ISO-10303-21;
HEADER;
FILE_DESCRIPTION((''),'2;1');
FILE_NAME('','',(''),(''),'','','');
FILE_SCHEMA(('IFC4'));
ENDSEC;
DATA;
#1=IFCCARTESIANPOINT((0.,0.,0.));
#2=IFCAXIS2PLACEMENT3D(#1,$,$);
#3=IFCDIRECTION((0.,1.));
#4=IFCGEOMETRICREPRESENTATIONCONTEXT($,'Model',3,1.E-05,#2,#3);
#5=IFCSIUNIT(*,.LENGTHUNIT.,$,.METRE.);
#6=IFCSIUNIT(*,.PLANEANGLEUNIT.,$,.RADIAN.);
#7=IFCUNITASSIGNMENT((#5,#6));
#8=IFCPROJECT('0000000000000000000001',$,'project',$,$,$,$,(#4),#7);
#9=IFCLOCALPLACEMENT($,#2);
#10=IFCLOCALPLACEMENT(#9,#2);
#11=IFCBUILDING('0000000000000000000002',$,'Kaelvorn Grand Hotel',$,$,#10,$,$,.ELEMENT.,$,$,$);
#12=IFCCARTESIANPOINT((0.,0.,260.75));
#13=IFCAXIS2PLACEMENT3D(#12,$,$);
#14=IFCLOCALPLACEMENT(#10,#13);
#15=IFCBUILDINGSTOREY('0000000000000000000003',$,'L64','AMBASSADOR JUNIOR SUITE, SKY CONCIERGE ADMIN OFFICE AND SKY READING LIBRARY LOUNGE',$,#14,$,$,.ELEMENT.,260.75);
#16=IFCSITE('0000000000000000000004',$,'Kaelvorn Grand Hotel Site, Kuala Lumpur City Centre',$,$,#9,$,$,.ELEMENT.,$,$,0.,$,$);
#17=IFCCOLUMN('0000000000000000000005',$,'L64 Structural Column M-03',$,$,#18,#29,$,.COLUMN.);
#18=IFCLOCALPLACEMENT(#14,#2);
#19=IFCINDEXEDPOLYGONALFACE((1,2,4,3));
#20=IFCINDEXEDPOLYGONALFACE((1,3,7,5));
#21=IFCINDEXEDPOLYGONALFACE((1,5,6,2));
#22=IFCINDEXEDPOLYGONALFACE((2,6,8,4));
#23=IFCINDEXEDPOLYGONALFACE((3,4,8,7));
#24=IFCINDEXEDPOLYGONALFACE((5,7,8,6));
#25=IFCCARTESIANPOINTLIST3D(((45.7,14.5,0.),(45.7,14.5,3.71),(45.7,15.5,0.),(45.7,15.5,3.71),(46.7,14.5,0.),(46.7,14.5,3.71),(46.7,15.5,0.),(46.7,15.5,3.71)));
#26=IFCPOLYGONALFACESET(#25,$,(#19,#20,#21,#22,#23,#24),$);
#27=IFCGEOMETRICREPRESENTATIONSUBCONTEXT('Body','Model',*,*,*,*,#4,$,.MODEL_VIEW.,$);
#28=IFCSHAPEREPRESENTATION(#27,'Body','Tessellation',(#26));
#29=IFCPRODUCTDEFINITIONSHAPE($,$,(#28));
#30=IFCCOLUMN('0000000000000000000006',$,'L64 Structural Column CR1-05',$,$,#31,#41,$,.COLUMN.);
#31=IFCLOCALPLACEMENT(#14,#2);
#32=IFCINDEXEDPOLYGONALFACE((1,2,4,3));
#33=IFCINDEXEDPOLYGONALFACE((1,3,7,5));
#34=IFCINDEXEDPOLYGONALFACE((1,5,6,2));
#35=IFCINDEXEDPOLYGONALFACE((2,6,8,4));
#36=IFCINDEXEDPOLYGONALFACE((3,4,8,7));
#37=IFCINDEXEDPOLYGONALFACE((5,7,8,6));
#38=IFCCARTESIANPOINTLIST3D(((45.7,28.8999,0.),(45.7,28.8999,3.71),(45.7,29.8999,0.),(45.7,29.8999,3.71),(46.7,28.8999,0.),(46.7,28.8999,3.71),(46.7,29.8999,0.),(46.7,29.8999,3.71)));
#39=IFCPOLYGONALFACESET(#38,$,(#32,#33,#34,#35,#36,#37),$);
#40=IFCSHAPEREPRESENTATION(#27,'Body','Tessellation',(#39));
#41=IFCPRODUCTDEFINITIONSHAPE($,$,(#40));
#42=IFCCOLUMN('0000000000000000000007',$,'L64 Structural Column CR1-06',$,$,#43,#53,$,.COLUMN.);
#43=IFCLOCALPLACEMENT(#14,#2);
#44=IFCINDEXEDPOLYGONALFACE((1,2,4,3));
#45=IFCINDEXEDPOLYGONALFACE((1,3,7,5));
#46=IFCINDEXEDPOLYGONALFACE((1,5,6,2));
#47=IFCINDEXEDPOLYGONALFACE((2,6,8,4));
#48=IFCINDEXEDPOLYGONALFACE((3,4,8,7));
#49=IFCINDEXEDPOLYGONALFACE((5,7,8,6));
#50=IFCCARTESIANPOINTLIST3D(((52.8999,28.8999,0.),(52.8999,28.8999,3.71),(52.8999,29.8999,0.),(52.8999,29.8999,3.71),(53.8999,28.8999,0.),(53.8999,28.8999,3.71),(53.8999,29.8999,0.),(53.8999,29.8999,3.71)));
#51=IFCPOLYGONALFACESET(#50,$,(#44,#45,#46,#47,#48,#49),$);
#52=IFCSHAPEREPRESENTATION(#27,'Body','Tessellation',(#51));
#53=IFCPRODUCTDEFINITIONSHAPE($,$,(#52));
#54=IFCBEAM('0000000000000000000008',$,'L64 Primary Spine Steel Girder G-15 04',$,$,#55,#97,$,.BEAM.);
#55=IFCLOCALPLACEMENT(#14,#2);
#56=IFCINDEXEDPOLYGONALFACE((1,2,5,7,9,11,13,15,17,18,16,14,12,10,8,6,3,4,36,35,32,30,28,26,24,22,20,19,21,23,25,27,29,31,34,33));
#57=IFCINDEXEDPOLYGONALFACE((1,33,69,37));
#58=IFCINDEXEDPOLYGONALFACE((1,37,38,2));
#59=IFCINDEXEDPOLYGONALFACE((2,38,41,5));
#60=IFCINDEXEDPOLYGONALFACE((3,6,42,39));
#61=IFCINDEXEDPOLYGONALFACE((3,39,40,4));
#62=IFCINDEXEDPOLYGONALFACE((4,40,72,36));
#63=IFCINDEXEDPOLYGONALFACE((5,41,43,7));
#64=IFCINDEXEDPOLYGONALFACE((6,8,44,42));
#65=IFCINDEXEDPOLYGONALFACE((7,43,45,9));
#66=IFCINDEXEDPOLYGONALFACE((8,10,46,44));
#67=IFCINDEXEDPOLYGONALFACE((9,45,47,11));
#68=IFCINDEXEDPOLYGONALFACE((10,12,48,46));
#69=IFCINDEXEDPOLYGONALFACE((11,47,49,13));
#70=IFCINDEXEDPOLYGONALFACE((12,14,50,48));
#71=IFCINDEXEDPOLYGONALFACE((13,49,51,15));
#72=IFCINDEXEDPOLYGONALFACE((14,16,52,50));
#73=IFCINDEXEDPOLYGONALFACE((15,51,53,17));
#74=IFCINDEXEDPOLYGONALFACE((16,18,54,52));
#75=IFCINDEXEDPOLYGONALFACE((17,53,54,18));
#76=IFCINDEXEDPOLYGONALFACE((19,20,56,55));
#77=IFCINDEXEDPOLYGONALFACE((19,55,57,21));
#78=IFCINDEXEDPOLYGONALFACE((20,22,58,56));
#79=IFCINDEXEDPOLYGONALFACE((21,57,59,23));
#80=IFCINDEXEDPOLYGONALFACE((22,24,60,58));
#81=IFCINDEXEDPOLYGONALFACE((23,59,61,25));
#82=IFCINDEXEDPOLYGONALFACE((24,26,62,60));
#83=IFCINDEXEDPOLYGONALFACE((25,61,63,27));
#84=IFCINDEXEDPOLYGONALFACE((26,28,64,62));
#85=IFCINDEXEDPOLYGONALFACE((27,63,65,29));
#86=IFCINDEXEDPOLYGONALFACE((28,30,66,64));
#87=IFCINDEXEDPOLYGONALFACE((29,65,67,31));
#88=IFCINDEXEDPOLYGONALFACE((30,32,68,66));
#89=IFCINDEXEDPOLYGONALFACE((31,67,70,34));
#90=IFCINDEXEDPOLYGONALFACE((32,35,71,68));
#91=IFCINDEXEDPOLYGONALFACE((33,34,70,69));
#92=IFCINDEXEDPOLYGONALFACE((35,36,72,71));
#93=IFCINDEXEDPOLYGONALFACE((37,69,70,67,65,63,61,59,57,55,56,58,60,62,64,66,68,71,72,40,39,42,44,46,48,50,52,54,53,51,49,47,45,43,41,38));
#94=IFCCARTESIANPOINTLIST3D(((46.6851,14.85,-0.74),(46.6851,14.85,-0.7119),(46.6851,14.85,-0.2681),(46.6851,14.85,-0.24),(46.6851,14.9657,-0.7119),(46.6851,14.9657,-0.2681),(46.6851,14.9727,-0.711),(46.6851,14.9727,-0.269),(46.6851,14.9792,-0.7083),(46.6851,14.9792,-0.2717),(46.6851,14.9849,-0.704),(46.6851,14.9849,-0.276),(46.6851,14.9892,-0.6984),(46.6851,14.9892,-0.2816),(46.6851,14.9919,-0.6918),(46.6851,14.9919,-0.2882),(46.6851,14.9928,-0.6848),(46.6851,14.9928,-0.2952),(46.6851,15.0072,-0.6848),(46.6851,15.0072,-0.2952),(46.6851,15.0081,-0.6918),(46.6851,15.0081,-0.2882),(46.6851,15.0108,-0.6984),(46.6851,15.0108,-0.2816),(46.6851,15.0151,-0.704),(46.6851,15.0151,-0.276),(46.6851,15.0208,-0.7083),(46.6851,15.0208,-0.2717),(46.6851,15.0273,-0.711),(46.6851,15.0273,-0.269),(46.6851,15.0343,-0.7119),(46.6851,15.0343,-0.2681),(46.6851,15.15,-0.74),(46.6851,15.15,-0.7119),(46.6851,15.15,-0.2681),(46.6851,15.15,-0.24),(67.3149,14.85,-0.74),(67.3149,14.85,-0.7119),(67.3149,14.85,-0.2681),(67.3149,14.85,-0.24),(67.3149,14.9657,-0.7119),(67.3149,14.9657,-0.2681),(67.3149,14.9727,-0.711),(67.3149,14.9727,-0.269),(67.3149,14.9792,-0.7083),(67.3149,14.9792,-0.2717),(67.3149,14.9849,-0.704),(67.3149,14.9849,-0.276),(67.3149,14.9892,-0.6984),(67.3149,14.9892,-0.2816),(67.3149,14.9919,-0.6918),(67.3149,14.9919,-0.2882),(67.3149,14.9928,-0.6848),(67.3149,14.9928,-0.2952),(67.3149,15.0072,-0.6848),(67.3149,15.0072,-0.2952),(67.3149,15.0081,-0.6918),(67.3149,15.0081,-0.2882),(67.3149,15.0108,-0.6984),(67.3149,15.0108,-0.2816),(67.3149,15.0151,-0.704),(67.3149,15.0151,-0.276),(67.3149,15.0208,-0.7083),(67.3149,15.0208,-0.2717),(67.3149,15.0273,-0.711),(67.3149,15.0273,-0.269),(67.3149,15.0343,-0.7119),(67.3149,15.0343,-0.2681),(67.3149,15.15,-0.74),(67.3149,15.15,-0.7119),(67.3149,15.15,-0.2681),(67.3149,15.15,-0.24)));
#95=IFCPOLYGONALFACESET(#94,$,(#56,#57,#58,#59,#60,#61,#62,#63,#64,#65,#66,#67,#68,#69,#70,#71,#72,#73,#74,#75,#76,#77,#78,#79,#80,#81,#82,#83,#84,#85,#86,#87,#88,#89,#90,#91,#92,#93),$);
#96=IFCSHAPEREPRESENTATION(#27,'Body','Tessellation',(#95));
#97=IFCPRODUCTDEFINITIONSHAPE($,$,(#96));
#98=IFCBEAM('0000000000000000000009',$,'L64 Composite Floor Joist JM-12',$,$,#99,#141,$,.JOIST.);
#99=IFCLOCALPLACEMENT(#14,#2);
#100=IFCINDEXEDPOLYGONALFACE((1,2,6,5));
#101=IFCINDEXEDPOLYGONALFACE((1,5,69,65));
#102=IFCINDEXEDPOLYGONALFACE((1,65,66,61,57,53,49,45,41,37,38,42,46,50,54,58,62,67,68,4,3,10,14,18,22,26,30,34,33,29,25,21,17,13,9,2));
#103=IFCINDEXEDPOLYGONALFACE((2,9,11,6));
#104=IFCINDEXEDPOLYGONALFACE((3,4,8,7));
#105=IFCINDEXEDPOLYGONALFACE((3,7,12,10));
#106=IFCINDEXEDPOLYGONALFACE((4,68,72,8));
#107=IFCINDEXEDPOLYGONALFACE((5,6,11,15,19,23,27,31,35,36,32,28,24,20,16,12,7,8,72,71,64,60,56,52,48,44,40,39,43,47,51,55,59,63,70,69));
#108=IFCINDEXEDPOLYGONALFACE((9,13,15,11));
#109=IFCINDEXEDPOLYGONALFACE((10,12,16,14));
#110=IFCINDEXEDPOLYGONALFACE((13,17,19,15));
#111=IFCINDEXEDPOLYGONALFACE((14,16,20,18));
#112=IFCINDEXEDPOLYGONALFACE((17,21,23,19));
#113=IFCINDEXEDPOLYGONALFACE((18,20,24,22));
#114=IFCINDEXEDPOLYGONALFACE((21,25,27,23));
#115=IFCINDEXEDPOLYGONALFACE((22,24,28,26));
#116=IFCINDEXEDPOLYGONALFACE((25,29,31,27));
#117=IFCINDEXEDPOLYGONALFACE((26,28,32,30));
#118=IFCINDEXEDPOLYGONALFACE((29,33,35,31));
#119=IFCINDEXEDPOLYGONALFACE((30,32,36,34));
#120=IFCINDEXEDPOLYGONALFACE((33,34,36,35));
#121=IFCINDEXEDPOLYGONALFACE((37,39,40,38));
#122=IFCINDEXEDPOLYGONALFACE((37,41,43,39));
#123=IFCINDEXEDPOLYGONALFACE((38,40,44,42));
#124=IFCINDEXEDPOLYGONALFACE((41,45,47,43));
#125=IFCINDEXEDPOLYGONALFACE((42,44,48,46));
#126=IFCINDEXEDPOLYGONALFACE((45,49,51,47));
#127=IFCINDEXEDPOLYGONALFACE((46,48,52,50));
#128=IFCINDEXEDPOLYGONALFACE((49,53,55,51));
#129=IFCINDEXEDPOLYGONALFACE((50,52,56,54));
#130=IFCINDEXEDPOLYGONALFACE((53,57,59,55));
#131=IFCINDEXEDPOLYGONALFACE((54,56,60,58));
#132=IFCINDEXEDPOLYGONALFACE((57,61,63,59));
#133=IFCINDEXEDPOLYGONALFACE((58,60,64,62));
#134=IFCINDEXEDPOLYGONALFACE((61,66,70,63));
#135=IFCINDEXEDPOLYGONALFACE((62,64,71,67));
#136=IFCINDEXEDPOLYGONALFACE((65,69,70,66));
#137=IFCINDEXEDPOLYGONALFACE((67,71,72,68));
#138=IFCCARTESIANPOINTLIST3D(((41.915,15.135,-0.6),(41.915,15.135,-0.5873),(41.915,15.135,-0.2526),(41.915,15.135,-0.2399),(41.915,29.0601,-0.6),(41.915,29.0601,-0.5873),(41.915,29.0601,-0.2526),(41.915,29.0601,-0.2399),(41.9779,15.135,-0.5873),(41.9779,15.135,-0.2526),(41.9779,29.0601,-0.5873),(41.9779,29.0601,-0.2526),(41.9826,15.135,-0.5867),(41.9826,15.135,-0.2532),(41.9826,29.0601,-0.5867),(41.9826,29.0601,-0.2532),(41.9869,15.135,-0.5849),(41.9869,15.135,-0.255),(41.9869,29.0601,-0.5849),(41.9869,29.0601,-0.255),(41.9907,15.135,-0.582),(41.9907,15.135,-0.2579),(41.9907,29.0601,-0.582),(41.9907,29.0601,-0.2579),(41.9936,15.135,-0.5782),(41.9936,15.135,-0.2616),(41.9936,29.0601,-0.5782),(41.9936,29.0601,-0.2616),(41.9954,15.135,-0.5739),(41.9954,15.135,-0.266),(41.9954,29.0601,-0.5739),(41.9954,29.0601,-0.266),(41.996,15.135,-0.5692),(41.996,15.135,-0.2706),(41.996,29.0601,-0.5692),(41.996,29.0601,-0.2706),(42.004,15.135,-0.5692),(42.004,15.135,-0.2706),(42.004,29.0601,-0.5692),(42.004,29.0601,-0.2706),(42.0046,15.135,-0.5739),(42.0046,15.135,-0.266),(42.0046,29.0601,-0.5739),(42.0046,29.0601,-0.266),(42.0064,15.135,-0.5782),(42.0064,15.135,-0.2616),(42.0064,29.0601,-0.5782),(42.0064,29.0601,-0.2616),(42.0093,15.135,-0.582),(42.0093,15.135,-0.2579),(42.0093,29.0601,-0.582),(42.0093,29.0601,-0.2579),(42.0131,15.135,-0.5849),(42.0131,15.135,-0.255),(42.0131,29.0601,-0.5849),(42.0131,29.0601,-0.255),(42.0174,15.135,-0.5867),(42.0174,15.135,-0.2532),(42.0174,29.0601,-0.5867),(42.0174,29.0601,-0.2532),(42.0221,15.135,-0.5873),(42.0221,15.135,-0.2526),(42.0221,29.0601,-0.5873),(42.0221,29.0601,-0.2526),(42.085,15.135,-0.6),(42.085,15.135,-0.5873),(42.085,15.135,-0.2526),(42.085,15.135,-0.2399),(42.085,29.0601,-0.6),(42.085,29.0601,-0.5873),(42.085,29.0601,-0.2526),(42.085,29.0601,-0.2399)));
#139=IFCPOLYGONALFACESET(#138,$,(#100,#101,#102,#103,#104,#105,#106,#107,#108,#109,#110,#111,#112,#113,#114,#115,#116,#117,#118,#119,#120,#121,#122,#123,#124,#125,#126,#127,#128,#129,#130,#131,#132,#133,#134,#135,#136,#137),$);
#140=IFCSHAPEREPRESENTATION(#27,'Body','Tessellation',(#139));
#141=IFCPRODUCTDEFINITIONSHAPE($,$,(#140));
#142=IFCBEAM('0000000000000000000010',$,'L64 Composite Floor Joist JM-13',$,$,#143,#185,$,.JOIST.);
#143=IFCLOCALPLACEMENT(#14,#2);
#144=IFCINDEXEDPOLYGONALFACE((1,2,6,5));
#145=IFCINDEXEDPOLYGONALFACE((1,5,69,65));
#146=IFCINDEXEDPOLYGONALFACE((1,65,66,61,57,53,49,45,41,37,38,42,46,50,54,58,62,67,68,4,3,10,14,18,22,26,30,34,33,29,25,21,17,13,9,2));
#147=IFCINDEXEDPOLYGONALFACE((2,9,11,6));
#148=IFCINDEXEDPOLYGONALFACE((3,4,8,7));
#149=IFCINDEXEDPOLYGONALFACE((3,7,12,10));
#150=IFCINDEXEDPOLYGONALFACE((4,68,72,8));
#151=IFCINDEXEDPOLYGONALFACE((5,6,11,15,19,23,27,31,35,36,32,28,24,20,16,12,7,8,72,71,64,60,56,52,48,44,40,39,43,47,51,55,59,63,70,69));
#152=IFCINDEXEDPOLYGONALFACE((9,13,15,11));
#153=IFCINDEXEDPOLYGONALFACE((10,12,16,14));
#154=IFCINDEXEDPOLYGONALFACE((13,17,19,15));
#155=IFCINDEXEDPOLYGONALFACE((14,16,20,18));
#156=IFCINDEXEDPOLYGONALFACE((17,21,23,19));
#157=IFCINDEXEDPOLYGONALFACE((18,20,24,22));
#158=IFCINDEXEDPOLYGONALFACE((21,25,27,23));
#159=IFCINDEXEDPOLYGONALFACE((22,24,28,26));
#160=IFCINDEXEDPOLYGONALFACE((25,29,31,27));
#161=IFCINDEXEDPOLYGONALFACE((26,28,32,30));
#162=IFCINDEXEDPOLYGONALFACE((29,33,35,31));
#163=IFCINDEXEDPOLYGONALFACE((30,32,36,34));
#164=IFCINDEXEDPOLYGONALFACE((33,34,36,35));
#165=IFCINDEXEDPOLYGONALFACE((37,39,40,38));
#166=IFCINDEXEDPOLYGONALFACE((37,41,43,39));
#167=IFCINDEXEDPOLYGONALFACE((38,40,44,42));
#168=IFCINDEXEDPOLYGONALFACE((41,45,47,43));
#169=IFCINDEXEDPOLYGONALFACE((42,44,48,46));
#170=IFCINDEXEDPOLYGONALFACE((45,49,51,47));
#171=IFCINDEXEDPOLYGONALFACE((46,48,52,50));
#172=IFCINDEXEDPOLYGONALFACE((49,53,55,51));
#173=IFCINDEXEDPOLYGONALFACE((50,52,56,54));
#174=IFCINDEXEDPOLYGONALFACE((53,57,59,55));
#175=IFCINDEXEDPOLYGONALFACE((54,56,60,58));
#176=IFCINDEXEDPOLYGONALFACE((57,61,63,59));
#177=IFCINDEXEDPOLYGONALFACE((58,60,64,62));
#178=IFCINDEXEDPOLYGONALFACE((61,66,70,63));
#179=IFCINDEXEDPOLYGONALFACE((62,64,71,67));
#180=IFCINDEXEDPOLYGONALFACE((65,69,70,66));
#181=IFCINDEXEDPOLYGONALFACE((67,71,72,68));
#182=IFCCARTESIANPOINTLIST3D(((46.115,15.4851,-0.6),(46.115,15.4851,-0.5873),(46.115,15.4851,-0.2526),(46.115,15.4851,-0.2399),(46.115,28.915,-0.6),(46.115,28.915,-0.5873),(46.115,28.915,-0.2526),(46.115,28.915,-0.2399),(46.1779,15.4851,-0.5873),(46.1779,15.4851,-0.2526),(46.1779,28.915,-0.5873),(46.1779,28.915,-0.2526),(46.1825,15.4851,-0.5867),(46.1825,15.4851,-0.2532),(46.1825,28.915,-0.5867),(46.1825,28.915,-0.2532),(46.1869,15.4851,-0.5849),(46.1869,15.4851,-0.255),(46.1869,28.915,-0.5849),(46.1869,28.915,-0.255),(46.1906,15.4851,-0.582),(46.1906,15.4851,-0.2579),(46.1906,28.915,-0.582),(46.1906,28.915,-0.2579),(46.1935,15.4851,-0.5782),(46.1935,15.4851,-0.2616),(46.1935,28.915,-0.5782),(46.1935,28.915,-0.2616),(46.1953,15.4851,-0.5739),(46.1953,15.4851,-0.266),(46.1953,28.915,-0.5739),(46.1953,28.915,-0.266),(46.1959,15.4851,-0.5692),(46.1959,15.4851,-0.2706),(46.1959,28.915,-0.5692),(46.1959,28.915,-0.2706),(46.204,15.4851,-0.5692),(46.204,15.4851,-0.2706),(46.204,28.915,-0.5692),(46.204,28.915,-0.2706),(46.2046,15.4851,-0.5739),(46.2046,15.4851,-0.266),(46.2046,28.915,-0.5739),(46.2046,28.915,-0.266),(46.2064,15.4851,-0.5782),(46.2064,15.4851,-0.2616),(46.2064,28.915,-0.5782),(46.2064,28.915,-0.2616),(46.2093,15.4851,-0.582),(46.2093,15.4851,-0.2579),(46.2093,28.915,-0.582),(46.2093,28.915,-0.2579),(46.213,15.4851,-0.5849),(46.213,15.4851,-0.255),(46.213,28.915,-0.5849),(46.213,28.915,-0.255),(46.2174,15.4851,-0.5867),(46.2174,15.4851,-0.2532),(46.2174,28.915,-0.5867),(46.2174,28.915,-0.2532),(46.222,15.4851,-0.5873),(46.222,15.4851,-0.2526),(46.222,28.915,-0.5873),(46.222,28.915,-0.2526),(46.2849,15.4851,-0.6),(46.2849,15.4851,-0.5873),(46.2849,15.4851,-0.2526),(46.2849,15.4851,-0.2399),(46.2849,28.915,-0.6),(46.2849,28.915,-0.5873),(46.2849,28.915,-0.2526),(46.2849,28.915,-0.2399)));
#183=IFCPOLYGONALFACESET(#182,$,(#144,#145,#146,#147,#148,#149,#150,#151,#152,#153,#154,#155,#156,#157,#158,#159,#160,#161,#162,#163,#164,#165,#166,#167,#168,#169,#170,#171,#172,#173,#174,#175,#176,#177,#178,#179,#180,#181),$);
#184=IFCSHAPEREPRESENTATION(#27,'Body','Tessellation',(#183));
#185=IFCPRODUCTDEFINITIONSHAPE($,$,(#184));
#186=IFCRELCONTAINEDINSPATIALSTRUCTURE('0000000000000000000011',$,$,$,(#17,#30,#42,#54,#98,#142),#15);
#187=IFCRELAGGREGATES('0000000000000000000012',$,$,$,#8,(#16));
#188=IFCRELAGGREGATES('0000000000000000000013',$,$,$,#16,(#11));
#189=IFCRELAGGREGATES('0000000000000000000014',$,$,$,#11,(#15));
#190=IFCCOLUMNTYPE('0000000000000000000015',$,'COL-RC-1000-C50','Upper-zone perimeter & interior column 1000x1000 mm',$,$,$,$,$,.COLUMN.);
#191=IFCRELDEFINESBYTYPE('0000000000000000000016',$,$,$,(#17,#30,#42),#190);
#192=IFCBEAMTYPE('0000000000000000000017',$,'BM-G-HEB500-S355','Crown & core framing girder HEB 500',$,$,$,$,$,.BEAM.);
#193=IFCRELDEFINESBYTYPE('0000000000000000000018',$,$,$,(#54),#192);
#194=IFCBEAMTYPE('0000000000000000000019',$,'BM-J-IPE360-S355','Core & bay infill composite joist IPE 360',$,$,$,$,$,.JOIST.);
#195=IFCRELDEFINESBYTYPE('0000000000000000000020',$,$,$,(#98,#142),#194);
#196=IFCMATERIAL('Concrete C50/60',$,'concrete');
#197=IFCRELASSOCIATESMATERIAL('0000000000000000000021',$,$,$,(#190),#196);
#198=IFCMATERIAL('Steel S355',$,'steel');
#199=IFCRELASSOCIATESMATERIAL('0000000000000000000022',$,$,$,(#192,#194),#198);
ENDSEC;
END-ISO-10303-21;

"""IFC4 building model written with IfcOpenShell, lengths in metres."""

from ifc_helpers import new_model, si_unit, direction, frame, origin, origin_2d, place, context, subcontext, project, spatial, rectangle, i_section, extrude, material, material_profile, profile_set, type_object, element, save


model = new_model("IFC4")

# Units and contexts
model_context = context("Model", 3, precision=1e-05, world=origin(), true_north=direction((0.0, 1.0)))
body_context = subcontext(model_context, "Body", "Model", "MODEL_VIEW")
ifc_project = project(units=[si_unit("LENGTHUNIT", "METRE"), si_unit("PLANEANGLEUNIT", "RADIAN")], contexts=[model_context])

# Site, building, storey
site_placement = place(None, origin())
site = spatial("IfcSite", under=ifc_project, at=site_placement, Name="Kaelvorn Grand Hotel Site, Kuala Lumpur City Centre", CompositionType="ELEMENT", RefElevation=0.0)
building_placement = place(site_placement, origin())
building = spatial("IfcBuilding", under=site, at=building_placement, Name="Kaelvorn Grand Hotel", CompositionType="ELEMENT")
storey_placement = place(building_placement, frame((0.0, 0.0, 260.75)))
storey = spatial("IfcBuildingStorey", under=building, at=storey_placement, Name="L64", Description="AMBASSADOR JUNIOR SUITE, SKY CONCIERGE ADMIN OFFICE AND SKY READING LIBRARY LOUNGE", CompositionType="ELEMENT", Elevation=260.75)

# Columns
ifc_material_1 = material(Name="Concrete C50/60", Category="concrete")
ifc_material_profile_1 = material_profile(ifc_material_1, rectangle(XDim=1.0, YDim=1.0, at=origin_2d()), Name="RC COL 1000x1000")
ifc_profile_set_1 = profile_set([ifc_material_profile_1], Name="Concrete C50/60")
column_type = type_object("IfcColumnType", Name="COL-RC-1000-C50", Description="Upper-zone perimeter & interior column 1000x1000 mm", PredefinedType="COLUMN", material=ifc_profile_set_1)
for number, where, z_axis, x_axis, name in (
    (1, (46.2, 15.0, 0.0), (0.0, 0.0, 1.0), (1.0, 0.0, 0.0), "L64 Structural Column M-03"),
    (2, (46.2, 29.3999, 0.0), (0.0, 0.0, 1.0), (1.0, 0.0, 0.0), "L64 Structural Column CR1-05"),
    (3, (53.3999, 29.3999, 0.0), (0.0, 0.0, 1.0), (1.0, 0.0, 0.0), "L64 Structural Column CR1-06"),
):
    element("IfcColumn", number, at=place(storey_placement, frame(where, z_axis=z_axis, x_axis=x_axis)), inside=storey, type_object=column_type, Name=name, PredefinedType="COLUMN", context=body_context, shape_type="SweptSolid", body=[
        extrude(rectangle(XDim=1.0, YDim=1.0, at=origin_2d()), origin(), (0.0, 0.0, 1.0), 3.71),
    ])

# Beams
ifc_material_2 = material(Name="Steel S355", Category="steel")
ifc_material_profile_2 = material_profile(ifc_material_2, i_section(OverallWidth=0.3, OverallDepth=0.5, WebThickness=0.0144, FlangeThickness=0.0281, FilletRadius=0.0271, at=origin_2d()), Name="HEB 500")
ifc_profile_set_2 = profile_set([ifc_material_profile_2], Name="Steel S355")
beam_type_1 = type_object("IfcBeamType", Name="BM-G-HEB500-S355", Description="Crown & core framing girder HEB 500", PredefinedType="BEAM", material=ifc_profile_set_2)
beam_1_placement = place(storey_placement, frame((46.6851, 15.0, -0.49), z_axis=(1.0, 0.0, 0.0), x_axis=(0.0, 1.0, 0.0)))
element("IfcBeam", 4, at=beam_1_placement, inside=storey, type_object=beam_type_1, Name="L64 Primary Spine Steel Girder G-15 04", PredefinedType="BEAM", context=body_context, shape_type="SweptSolid", body=[
    extrude(i_section(OverallWidth=0.3, OverallDepth=0.5, WebThickness=0.0144, FlangeThickness=0.0281, FilletRadius=0.0271, at=origin_2d()), origin(), (0.0, 0.0, 1.0), 20.6299),
])
ifc_material_profile_3 = material_profile(ifc_material_2, i_section(OverallWidth=0.1699, OverallDepth=0.3601, WebThickness=0.0081, FlangeThickness=0.0127, FilletRadius=0.0181, at=origin_2d()), Name="IPE 360")
ifc_profile_set_3 = profile_set([ifc_material_profile_3], Name="Steel S355")
beam_type_2 = type_object("IfcBeamType", Name="BM-J-IPE360-S355", Description="Core & bay infill composite joist IPE 360", PredefinedType="JOIST", material=ifc_profile_set_3)
beam_2_placement = place(storey_placement, frame((42.0, 15.135, -0.4199), z_axis=(0.0, 1.0, 0.0), x_axis=(-1.0, 0.0, 0.0)))
element("IfcBeam", 5, at=beam_2_placement, inside=storey, type_object=beam_type_2, Name="L64 Composite Floor Joist JM-12", PredefinedType="JOIST", context=body_context, shape_type="SweptSolid", body=[
    extrude(i_section(OverallWidth=0.1699, OverallDepth=0.3601, WebThickness=0.0081, FlangeThickness=0.0127, FilletRadius=0.0181, at=origin_2d()), origin(), (0.0, 0.0, 1.0), 13.925),
])
beam_3_placement = place(storey_placement, frame((46.2, 15.4851, -0.4199), z_axis=(0.0, 1.0, 0.0), x_axis=(-1.0, 0.0, 0.0)))
element("IfcBeam", 6, at=beam_3_placement, inside=storey, type_object=beam_type_2, Name="L64 Composite Floor Joist JM-13", PredefinedType="JOIST", context=body_context, shape_type="SweptSolid", body=[
    extrude(i_section(OverallWidth=0.1699, OverallDepth=0.3601, WebThickness=0.0081, FlangeThickness=0.0127, FilletRadius=0.0181, at=origin_2d()), origin(), (0.0, 0.0, 1.0), 13.4299),
])

save(model, "model.ifc")
